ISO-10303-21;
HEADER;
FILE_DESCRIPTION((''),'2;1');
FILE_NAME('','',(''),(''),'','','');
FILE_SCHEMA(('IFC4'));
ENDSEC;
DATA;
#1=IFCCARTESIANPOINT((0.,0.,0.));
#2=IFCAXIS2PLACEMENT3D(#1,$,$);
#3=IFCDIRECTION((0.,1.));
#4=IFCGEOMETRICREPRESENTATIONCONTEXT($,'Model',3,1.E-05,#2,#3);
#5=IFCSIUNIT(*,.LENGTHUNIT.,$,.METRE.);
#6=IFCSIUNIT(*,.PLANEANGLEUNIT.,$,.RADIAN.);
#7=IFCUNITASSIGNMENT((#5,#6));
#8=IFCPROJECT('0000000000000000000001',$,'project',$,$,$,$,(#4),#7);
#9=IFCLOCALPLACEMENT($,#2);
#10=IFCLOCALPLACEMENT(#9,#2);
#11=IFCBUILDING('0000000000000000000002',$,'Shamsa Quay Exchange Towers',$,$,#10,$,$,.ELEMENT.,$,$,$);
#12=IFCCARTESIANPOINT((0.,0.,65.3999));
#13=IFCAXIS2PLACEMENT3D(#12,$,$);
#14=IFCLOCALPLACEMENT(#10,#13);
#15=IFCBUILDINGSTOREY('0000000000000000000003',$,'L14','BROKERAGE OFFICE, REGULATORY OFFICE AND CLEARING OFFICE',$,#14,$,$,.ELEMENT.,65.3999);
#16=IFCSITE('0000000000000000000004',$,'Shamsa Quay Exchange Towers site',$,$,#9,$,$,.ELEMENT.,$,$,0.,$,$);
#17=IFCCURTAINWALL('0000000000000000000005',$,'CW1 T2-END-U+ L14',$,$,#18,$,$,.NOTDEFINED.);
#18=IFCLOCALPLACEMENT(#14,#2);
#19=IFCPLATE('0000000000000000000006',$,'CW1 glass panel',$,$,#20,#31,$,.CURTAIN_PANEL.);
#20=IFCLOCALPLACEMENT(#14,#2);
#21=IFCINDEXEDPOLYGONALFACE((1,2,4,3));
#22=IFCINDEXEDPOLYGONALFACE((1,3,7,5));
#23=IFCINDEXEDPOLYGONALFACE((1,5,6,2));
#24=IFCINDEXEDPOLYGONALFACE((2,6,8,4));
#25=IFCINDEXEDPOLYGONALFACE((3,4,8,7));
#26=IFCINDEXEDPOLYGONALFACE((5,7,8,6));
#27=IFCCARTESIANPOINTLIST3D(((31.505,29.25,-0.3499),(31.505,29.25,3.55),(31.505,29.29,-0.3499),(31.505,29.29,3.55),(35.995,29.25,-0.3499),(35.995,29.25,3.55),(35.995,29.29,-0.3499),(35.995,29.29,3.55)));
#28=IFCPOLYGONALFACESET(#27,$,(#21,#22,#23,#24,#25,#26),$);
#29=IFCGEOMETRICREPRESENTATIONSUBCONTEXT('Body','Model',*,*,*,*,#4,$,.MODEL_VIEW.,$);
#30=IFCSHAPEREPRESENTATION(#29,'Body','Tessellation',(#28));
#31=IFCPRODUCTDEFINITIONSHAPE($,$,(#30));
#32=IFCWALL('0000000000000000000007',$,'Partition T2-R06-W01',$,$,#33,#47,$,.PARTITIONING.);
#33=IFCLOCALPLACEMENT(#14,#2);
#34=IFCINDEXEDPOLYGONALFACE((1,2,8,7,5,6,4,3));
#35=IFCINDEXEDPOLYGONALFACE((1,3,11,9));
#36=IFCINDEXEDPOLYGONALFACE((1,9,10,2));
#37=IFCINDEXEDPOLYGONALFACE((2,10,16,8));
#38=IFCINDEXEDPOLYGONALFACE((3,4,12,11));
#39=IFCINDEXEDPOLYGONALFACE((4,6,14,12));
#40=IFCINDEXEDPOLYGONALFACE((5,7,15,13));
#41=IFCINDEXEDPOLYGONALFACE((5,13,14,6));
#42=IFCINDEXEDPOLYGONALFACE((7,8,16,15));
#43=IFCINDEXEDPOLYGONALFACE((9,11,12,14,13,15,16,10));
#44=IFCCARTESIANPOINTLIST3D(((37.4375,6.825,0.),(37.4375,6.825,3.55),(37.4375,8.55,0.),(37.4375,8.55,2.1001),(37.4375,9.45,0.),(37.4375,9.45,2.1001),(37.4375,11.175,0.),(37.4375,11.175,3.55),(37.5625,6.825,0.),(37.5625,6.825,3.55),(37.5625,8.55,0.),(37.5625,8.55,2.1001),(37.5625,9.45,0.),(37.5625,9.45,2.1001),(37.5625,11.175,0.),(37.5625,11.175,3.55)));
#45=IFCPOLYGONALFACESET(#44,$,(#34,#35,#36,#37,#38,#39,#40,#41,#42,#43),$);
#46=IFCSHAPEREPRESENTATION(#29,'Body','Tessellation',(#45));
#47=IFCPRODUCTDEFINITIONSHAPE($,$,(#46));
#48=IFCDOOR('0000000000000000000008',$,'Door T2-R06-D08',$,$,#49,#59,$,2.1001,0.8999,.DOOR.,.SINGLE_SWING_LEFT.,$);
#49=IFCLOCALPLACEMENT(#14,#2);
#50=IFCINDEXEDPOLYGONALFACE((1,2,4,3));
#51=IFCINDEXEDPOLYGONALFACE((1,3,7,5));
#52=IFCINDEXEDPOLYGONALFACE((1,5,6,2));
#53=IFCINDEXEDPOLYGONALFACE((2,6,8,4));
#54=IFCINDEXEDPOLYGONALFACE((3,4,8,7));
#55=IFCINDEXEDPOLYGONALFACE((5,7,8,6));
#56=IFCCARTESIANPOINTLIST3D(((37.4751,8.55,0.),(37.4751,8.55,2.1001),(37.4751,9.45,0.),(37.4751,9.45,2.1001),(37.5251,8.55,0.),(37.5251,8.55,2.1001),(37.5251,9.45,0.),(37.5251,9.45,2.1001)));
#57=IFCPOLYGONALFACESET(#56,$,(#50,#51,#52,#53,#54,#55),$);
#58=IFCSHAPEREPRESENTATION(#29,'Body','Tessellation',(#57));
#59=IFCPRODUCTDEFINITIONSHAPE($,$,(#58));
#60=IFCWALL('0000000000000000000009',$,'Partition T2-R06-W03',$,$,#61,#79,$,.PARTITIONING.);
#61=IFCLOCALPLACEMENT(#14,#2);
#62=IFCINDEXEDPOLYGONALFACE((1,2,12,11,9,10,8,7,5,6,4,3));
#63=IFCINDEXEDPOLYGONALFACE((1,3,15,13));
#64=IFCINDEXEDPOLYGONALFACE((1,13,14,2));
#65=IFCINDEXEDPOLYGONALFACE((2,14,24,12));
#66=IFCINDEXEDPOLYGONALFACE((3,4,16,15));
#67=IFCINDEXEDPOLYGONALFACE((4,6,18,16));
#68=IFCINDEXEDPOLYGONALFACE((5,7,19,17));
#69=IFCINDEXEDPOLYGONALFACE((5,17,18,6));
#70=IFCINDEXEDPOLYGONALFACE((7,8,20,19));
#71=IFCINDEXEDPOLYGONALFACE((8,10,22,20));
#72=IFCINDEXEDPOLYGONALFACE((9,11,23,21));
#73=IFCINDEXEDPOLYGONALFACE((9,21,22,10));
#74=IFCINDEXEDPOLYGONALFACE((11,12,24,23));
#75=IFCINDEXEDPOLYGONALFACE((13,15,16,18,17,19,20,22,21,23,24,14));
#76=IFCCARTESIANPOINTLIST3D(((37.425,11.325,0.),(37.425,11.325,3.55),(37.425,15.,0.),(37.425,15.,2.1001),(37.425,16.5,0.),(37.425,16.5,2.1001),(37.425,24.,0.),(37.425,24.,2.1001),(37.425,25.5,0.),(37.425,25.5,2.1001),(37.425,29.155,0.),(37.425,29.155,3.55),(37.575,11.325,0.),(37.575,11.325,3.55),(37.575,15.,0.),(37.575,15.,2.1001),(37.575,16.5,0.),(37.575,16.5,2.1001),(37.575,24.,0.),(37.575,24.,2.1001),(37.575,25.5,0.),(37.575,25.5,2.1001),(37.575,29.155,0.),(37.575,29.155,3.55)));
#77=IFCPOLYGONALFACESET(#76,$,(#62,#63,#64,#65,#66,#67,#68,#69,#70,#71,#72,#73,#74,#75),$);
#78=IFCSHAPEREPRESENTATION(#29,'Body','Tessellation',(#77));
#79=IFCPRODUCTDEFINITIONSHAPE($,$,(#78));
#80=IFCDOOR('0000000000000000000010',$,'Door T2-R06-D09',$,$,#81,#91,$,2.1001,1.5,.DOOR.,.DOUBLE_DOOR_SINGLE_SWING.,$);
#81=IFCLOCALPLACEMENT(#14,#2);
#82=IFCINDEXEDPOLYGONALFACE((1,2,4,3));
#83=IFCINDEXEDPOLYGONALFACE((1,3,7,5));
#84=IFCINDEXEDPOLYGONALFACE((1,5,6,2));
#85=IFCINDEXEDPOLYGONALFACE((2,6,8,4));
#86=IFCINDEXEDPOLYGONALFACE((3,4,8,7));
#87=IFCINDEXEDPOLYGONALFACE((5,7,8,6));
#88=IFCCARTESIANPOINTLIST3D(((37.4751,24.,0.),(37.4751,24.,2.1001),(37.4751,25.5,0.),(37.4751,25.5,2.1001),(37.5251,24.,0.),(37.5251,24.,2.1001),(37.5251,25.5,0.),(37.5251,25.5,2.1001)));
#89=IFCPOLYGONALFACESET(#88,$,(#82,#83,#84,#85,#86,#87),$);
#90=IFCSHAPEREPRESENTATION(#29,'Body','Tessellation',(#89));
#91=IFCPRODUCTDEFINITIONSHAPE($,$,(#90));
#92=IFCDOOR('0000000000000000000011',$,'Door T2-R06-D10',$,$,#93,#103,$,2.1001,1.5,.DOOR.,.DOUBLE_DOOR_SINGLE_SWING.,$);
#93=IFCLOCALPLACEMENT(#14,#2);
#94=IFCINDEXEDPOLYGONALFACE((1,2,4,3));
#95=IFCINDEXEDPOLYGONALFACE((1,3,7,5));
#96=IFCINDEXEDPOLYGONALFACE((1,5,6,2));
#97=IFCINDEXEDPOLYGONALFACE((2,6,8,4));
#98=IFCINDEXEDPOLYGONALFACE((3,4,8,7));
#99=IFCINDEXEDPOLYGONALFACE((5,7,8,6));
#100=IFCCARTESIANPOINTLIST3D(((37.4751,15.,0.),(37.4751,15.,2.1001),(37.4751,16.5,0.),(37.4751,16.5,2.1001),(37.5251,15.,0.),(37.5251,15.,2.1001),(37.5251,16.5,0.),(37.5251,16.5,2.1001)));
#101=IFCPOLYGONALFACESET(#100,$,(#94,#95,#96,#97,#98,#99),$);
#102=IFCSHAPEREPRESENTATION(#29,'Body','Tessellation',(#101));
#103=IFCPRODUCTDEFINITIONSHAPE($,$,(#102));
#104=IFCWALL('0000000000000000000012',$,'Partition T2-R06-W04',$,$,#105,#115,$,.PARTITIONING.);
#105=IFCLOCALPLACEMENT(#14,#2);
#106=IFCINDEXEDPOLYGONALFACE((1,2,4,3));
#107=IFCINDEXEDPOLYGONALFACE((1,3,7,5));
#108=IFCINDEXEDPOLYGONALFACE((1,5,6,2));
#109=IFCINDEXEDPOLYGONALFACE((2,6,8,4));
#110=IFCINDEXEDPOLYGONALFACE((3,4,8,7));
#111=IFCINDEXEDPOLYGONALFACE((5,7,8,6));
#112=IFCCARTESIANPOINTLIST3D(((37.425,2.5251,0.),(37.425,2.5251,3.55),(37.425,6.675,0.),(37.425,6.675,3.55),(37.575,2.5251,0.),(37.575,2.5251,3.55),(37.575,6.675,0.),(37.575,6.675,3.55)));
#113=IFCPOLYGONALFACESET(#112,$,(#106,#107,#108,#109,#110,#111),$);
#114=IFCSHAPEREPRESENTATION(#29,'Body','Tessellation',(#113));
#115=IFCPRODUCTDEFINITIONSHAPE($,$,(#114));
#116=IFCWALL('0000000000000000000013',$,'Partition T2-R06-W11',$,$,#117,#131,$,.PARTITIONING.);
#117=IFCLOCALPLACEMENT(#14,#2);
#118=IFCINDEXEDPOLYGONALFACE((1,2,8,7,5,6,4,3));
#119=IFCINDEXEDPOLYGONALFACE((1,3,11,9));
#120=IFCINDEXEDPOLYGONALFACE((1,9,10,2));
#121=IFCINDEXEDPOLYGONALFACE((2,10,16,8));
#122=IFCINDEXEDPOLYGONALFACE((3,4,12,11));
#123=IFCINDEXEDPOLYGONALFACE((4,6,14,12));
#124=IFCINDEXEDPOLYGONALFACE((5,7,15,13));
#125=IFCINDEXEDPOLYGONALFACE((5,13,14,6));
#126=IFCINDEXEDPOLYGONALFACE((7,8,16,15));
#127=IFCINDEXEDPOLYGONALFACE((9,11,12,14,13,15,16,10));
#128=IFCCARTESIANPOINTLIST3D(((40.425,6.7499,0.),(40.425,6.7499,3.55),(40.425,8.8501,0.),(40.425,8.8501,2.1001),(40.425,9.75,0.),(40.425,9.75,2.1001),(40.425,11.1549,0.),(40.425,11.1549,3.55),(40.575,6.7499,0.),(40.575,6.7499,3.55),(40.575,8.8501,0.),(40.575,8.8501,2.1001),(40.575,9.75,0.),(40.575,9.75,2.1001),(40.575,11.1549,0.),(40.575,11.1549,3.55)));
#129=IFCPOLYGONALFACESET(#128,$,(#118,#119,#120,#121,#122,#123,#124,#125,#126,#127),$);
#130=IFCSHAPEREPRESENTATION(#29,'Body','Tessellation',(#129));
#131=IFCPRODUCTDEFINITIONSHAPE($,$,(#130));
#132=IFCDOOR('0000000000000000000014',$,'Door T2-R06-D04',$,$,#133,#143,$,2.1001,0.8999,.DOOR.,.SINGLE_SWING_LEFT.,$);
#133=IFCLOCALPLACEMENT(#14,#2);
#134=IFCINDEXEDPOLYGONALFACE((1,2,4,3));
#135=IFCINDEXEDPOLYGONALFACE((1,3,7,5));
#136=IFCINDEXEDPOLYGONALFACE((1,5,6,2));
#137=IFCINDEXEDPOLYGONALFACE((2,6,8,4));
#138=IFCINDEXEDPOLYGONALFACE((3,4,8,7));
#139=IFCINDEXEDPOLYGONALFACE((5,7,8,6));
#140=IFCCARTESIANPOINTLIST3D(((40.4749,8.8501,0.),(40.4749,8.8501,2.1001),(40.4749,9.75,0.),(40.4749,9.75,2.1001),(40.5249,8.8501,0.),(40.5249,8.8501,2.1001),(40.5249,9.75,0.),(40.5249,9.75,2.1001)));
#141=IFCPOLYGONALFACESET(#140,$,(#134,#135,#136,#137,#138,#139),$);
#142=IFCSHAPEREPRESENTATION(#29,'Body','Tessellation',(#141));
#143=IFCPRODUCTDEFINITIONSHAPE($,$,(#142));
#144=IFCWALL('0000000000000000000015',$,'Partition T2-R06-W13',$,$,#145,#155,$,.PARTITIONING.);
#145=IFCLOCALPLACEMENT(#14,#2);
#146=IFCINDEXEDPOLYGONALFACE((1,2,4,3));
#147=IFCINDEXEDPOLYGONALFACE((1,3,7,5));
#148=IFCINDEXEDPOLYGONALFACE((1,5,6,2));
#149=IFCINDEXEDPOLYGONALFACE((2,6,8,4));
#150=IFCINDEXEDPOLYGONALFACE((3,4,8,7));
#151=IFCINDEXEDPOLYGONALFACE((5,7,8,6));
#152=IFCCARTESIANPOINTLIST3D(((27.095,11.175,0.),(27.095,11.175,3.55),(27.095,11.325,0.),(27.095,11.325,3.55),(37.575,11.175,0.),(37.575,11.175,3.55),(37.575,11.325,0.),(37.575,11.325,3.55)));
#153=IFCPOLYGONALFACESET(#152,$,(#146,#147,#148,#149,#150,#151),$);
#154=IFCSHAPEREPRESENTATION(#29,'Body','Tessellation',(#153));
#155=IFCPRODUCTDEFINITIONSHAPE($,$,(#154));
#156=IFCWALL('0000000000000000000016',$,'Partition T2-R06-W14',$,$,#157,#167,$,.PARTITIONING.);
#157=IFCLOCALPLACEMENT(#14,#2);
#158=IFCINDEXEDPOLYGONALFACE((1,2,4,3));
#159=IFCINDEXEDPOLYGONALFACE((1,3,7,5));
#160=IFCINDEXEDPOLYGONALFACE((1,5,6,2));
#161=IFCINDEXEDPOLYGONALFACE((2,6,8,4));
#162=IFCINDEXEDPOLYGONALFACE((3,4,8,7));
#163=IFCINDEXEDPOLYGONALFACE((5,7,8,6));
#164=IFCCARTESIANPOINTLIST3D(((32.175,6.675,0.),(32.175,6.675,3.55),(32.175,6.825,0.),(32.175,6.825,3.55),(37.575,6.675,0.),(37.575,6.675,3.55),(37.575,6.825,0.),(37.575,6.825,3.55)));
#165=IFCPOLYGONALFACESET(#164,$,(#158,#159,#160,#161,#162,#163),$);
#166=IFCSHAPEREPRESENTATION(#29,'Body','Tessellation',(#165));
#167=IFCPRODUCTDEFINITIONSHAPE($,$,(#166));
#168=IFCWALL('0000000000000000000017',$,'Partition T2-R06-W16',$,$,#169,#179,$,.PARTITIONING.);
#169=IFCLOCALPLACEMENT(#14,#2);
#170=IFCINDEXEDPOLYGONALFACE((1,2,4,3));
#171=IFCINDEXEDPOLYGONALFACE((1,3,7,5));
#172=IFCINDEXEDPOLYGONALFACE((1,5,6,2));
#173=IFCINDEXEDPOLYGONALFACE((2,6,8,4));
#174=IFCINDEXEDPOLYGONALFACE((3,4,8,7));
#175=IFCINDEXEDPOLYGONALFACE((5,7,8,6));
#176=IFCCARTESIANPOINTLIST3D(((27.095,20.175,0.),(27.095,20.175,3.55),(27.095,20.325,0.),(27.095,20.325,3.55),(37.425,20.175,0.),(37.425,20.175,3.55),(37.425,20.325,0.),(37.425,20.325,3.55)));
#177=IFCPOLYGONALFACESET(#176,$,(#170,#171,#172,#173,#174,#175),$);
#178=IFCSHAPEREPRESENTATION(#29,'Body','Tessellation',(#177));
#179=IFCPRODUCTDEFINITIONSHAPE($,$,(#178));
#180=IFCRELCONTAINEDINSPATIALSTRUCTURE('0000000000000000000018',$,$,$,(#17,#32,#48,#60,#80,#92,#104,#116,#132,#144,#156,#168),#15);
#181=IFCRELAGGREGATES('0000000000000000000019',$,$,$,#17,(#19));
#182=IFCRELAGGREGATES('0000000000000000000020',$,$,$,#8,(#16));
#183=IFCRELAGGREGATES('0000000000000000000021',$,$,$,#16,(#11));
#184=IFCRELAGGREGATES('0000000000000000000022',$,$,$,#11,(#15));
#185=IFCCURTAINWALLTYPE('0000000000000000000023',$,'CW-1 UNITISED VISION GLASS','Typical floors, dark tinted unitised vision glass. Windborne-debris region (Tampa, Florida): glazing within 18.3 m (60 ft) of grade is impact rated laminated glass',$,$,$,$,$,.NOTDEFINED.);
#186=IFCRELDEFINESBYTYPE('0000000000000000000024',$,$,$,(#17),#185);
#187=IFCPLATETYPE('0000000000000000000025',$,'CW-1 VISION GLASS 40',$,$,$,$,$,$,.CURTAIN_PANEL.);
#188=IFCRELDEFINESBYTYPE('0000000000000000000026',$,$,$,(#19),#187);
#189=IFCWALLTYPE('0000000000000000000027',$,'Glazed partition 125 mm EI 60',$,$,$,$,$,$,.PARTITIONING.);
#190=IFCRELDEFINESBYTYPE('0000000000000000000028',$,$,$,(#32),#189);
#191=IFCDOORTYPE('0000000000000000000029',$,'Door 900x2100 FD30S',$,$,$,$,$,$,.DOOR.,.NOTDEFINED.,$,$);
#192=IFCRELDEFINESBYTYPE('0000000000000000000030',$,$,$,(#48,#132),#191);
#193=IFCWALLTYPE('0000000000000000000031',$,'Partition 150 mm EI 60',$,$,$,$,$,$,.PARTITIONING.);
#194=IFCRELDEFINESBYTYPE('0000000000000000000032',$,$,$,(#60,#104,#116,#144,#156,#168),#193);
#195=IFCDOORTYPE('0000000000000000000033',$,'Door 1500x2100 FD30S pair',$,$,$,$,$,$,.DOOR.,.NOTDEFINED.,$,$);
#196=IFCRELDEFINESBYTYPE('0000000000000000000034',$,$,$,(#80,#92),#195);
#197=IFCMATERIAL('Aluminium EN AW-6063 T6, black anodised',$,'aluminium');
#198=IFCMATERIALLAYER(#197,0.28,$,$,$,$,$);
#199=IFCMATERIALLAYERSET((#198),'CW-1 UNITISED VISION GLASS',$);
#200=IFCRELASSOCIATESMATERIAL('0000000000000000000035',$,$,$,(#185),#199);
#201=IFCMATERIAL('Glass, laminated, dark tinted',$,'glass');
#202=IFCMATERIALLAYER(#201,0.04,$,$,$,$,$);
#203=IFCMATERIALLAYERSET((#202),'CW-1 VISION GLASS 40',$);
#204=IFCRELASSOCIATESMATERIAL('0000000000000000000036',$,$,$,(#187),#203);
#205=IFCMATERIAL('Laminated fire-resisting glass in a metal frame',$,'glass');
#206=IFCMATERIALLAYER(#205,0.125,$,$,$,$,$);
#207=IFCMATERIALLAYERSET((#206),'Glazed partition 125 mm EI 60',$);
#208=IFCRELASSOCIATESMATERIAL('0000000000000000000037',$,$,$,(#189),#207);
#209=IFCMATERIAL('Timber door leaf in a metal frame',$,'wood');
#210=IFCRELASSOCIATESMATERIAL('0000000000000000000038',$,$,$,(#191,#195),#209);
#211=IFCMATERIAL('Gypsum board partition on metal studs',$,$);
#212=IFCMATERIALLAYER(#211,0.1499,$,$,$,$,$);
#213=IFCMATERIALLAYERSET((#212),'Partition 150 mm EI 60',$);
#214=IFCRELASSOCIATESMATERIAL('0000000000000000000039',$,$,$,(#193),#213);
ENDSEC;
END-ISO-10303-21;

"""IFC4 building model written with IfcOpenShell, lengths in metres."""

from ifc_helpers import new_model, si_unit, direction, frame, frame_2d, origin, origin_2d, place, context, subcontext, project, spatial, rectangle, extrude, material, layer, layer_set, type_object, element, fill, aggregate, save


model = new_model("IFC4")

# Units and contexts
model_context = context("Model", 3, precision=1e-05, world=origin(), true_north=direction((0.0, 1.0)))
body_context = subcontext(model_context, "Body", "Model", "MODEL_VIEW")
ifc_project = project(units=[si_unit("LENGTHUNIT", "METRE"), si_unit("PLANEANGLEUNIT", "RADIAN")], contexts=[model_context])

# Site, building, storey
site_placement = place(None, origin())
site = spatial("IfcSite", under=ifc_project, at=site_placement, Name="Shamsa Quay Exchange Towers site", CompositionType="ELEMENT", RefElevation=0.0)
building_placement = place(site_placement, origin())
building = spatial("IfcBuilding", under=site, at=building_placement, Name="Shamsa Quay Exchange Towers", CompositionType="ELEMENT")
storey_placement = place(building_placement, frame((0.0, 0.0, 65.3999)))
storey = spatial("IfcBuildingStorey", under=building, at=storey_placement, Name="L14", Description="BROKERAGE OFFICE, REGULATORY OFFICE AND CLEARING OFFICE", CompositionType="ELEMENT", Elevation=65.3999)

# Shared definitions
ifc_material_1 = material(Name="Aluminium EN AW-6063 T6, black anodised", Category="aluminium")
ifc_layer_1 = layer(ifc_material_1, 0.28)
ifc_layer_set_1 = layer_set([ifc_layer_1], Name="CW-1 UNITISED VISION GLASS")
curtain_wall_type = type_object("IfcCurtainWallType", Name="CW-1 UNITISED VISION GLASS", Description="Typical floors, dark tinted unitised vision glass. Windborne-debris region (Tampa, Florida): glazing within 18.3 m (60 ft) of grade is impact rated laminated glass", PredefinedType="NOTDEFINED", material=ifc_layer_set_1)

# Curtain wall
curtain_wall_1_placement = place(storey_placement, origin())
curtain_wall_1 = element("IfcCurtainWall", 1, at=curtain_wall_1_placement, inside=storey, type_object=curtain_wall_type, Name="CW1 T2-END-U+ L14", PredefinedType="NOTDEFINED")

# Plate
ifc_material_2 = material(Name="Glass, laminated, dark tinted", Category="glass")
ifc_layer_2 = layer(ifc_material_2, 0.04)
ifc_layer_set_2 = layer_set([ifc_layer_2], Name="CW-1 VISION GLASS 40")
plate_type = type_object("IfcPlateType", Name="CW-1 VISION GLASS 40", PredefinedType="CURTAIN_PANEL", material=ifc_layer_set_2)
plate_1_placement = place(storey_placement, frame((33.75, 29.27, -0.3499), z_axis=(0.0, 0.0, 1.0), x_axis=(-1.0, 0.0, 0.0)))
plate_1 = element("IfcPlate", 2, at=plate_1_placement, type_object=plate_type, Name="CW1 glass panel", PredefinedType="CURTAIN_PANEL", context=body_context, shape_type="SweptSolid", body=[
    extrude(rectangle(XDim=4.49, YDim=0.04, at=origin_2d()), origin(), (0.0, 0.0, 1.0), 3.8999),
])
aggregate(curtain_wall_1, [plate_1])

# Wall, opening, door
ifc_material_3 = material(Name="Laminated fire-resisting glass in a metal frame", Category="glass")
ifc_layer_3 = layer(ifc_material_3, 0.125)
ifc_layer_set_3 = layer_set([ifc_layer_3], Name="Glazed partition 125 mm EI 60")
wall_type_1 = type_object("IfcWallType", Name="Glazed partition 125 mm EI 60", PredefinedType="PARTITIONING", material=ifc_layer_set_3)
wall_1_placement = place(storey_placement, frame((37.5, 6.825, 0.0), z_axis=(0.0, 0.0, 1.0), x_axis=(0.0, 1.0, 0.0)))
wall_1 = element("IfcWall", 3, at=wall_1_placement, inside=storey, type_object=wall_type_1, Name="Partition T2-R06-W01", PredefinedType="PARTITIONING", context=body_context, shape_type="SweptSolid", body=[
    extrude(rectangle(XDim=4.3501, YDim=0.125, at=frame_2d((2.175, 0.0))), origin(), (0.0, 0.0, 1.0), 3.55),
])
opening_1_placement = place(wall_1_placement, frame((1.7251, 0.0, 0.0)))
opening_1 = element("IfcOpeningElement", 4, at=opening_1_placement, cuts=wall_1, PredefinedType="OPENING", context=body_context, shape_type="SweptSolid", body=[
    extrude(rectangle(XDim=0.8999, YDim=2.1001, at=frame_2d((0.45, 1.05))), frame((0.0, 0.0725, 0.0), z_axis=(0.0, -1.0, 0.0), x_axis=(1.0, 0.0, 0.0)), (0.0, 0.0, 1.0), 0.145),
])
ifc_material_4 = material(Name="Timber door leaf in a metal frame", Category="wood")
door_type_1 = type_object("IfcDoorType", Name="Door 900x2100 FD30S", OperationType="NOTDEFINED", PredefinedType="DOOR", material=ifc_material_4)
door_1_placement = place(opening_1_placement, origin())
door_1 = element("IfcDoor", 5, at=door_1_placement, inside=storey, type_object=door_type_1, Name="Door T2-R06-D08", OperationType="SINGLE_SWING_LEFT", OverallHeight=2.1001, OverallWidth=0.8999, PredefinedType="DOOR", context=body_context, shape_type="SweptSolid", body=[
    extrude(rectangle(XDim=0.8999, YDim=2.1001, at=frame_2d((0.45, 1.05))), frame((0.0, 0.0249, 0.0), z_axis=(0.0, -1.0, 0.0), x_axis=(1.0, 0.0, 0.0)), (0.0, 0.0, 1.0), 0.05),
])
fill(opening_1, door_1)

# Wall, openings, doors
ifc_material_5 = material(Name="Gypsum board partition on metal studs")
ifc_layer_4 = layer(ifc_material_5, 0.1499)
ifc_layer_set_4 = layer_set([ifc_layer_4], Name="Partition 150 mm EI 60")
wall_type_2 = type_object("IfcWallType", Name="Partition 150 mm EI 60", PredefinedType="PARTITIONING", material=ifc_layer_set_4)
wall_2_placement = place(storey_placement, frame((37.5, 11.325, 0.0), z_axis=(0.0, 0.0, 1.0), x_axis=(0.0, 1.0, 0.0)))
wall_2 = element("IfcWall", 6, at=wall_2_placement, inside=storey, type_object=wall_type_2, Name="Partition T2-R06-W03", PredefinedType="PARTITIONING", context=body_context, shape_type="SweptSolid", body=[
    extrude(rectangle(XDim=17.8301, YDim=0.1499, at=frame_2d((8.915, 0.0))), origin(), (0.0, 0.0, 1.0), 3.55),
])
opening_2_placement = place(wall_2_placement, frame((12.675, 0.0, 0.0)))
opening_2 = element("IfcOpeningElement", 7, at=opening_2_placement, cuts=wall_2, PredefinedType="OPENING", context=body_context, shape_type="SweptSolid", body=[
    extrude(rectangle(XDim=1.5, YDim=2.1001, at=frame_2d((0.75, 1.05))), frame((0.0, 0.085, 0.0), z_axis=(0.0, -1.0, 0.0), x_axis=(1.0, 0.0, 0.0)), (0.0, 0.0, 1.0), 0.1699),
])
opening_3_placement = place(wall_2_placement, frame((3.675, 0.0, 0.0)))
opening_3 = element("IfcOpeningElement", 8, at=opening_3_placement, cuts=wall_2, PredefinedType="OPENING", context=body_context, shape_type="SweptSolid", body=[
    extrude(rectangle(XDim=1.5, YDim=2.1001, at=frame_2d((0.75, 1.05))), frame((0.0, 0.085, 0.0), z_axis=(0.0, -1.0, 0.0), x_axis=(1.0, 0.0, 0.0)), (0.0, 0.0, 1.0), 0.1699),
])
door_type_2 = type_object("IfcDoorType", Name="Door 1500x2100 FD30S pair", OperationType="NOTDEFINED", PredefinedType="DOOR", material=ifc_material_4)
door_2_placement = place(opening_2_placement, origin())
door_2 = element("IfcDoor", 9, at=door_2_placement, inside=storey, type_object=door_type_2, Name="Door T2-R06-D09", OperationType="DOUBLE_DOOR_SINGLE_SWING", OverallHeight=2.1001, OverallWidth=1.5, PredefinedType="DOOR", context=body_context, shape_type="SweptSolid", body=[
    extrude(rectangle(XDim=1.5, YDim=2.1001, at=frame_2d((0.75, 1.05))), frame((0.0, 0.0249, 0.0), z_axis=(0.0, -1.0, 0.0), x_axis=(1.0, 0.0, 0.0)), (0.0, 0.0, 1.0), 0.05),
])
fill(opening_2, door_2)
door_3_placement = place(opening_3_placement, origin())
door_3 = element("IfcDoor", 10, at=door_3_placement, inside=storey, type_object=door_type_2, Name="Door T2-R06-D10", OperationType="DOUBLE_DOOR_SINGLE_SWING", OverallHeight=2.1001, OverallWidth=1.5, PredefinedType="DOOR", context=body_context, shape_type="SweptSolid", body=[
    extrude(rectangle(XDim=1.5, YDim=2.1001, at=frame_2d((0.75, 1.05))), frame((0.0, 0.0249, 0.0), z_axis=(0.0, -1.0, 0.0), x_axis=(1.0, 0.0, 0.0)), (0.0, 0.0, 1.0), 0.05),
])
fill(opening_3, door_3)

# Wall
wall_3_placement = place(storey_placement, frame((37.5, 2.5251, 0.0), z_axis=(0.0, 0.0, 1.0), x_axis=(0.0, 1.0, 0.0)))
element("IfcWall", 11, at=wall_3_placement, inside=storey, type_object=wall_type_2, Name="Partition T2-R06-W04", PredefinedType="PARTITIONING", context=body_context, shape_type="SweptSolid", body=[
    extrude(rectangle(XDim=4.1499, YDim=0.1499, at=frame_2d((2.075, 0.0))), origin(), (0.0, 0.0, 1.0), 3.55),
])

# Wall, opening, door
wall_4_placement = place(storey_placement, frame((40.5, 11.155, 0.0), z_axis=(0.0, 0.0, 1.0), x_axis=(0.0, -1.0, 0.0)))
wall_4 = element("IfcWall", 12, at=wall_4_placement, inside=storey, type_object=wall_type_2, Name="Partition T2-R06-W11", PredefinedType="PARTITIONING", context=body_context, shape_type="SweptSolid", body=[
    extrude(rectangle(XDim=4.405, YDim=0.1499, at=frame_2d((2.2026, 0.0))), origin(), (0.0, 0.0, 1.0), 3.55),
])
opening_4_placement = place(wall_4_placement, frame((1.405, 0.0, 0.0)))
opening_4 = element("IfcOpeningElement", 13, at=opening_4_placement, cuts=wall_4, PredefinedType="OPENING", context=body_context, shape_type="SweptSolid", body=[
    extrude(rectangle(XDim=0.8999, YDim=2.1001, at=frame_2d((0.45, 1.05))), frame((0.0, 0.085, 0.0), z_axis=(0.0, -1.0, 0.0), x_axis=(1.0, 0.0, 0.0)), (0.0, 0.0, 1.0), 0.1699),
])
door_4_placement = place(opening_4_placement, origin())
door_4 = element("IfcDoor", 14, at=door_4_placement, inside=storey, type_object=door_type_1, Name="Door T2-R06-D04", OperationType="SINGLE_SWING_LEFT", OverallHeight=2.1001, OverallWidth=0.8999, PredefinedType="DOOR", context=body_context, shape_type="SweptSolid", body=[
    extrude(rectangle(XDim=0.8999, YDim=2.1001, at=frame_2d((0.45, 1.05))), frame((0.0, 0.0249, 0.0), z_axis=(0.0, -1.0, 0.0), x_axis=(1.0, 0.0, 0.0)), (0.0, 0.0, 1.0), 0.05),
])
fill(opening_4, door_4)

# Walls
wall_5_placement = place(storey_placement, frame((37.575, 11.25, 0.0), z_axis=(0.0, 0.0, 1.0), x_axis=(-1.0, 0.0, 0.0)))
element("IfcWall", 15, at=wall_5_placement, inside=storey, type_object=wall_type_2, Name="Partition T2-R06-W13", PredefinedType="PARTITIONING", context=body_context, shape_type="SweptSolid", body=[
    extrude(rectangle(XDim=10.48, YDim=0.1499, at=frame_2d((5.24, 0.0))), origin(), (0.0, 0.0, 1.0), 3.55),
])
wall_6_placement = place(storey_placement, frame((32.175, 6.75, 0.0)))
element("IfcWall", 16, at=wall_6_placement, inside=storey, type_object=wall_type_2, Name="Partition T2-R06-W14", PredefinedType="PARTITIONING", context=body_context, shape_type="SweptSolid", body=[
    extrude(rectangle(XDim=5.3999, YDim=0.1499, at=frame_2d((2.7, 0.0))), origin(), (0.0, 0.0, 1.0), 3.55),
])
wall_7_placement = place(storey_placement, frame((37.425, 20.25, 0.0), z_axis=(0.0, 0.0, 1.0), x_axis=(-1.0, 0.0, 0.0)))
element("IfcWall", 17, at=wall_7_placement, inside=storey, type_object=wall_type_2, Name="Partition T2-R06-W16", PredefinedType="PARTITIONING", context=body_context, shape_type="SweptSolid", body=[
    extrude(rectangle(XDim=10.3301, YDim=0.1499, at=frame_2d((5.165, 0.0))), origin(), (0.0, 0.0, 1.0), 3.55),
])

save(model, "model.ifc")
